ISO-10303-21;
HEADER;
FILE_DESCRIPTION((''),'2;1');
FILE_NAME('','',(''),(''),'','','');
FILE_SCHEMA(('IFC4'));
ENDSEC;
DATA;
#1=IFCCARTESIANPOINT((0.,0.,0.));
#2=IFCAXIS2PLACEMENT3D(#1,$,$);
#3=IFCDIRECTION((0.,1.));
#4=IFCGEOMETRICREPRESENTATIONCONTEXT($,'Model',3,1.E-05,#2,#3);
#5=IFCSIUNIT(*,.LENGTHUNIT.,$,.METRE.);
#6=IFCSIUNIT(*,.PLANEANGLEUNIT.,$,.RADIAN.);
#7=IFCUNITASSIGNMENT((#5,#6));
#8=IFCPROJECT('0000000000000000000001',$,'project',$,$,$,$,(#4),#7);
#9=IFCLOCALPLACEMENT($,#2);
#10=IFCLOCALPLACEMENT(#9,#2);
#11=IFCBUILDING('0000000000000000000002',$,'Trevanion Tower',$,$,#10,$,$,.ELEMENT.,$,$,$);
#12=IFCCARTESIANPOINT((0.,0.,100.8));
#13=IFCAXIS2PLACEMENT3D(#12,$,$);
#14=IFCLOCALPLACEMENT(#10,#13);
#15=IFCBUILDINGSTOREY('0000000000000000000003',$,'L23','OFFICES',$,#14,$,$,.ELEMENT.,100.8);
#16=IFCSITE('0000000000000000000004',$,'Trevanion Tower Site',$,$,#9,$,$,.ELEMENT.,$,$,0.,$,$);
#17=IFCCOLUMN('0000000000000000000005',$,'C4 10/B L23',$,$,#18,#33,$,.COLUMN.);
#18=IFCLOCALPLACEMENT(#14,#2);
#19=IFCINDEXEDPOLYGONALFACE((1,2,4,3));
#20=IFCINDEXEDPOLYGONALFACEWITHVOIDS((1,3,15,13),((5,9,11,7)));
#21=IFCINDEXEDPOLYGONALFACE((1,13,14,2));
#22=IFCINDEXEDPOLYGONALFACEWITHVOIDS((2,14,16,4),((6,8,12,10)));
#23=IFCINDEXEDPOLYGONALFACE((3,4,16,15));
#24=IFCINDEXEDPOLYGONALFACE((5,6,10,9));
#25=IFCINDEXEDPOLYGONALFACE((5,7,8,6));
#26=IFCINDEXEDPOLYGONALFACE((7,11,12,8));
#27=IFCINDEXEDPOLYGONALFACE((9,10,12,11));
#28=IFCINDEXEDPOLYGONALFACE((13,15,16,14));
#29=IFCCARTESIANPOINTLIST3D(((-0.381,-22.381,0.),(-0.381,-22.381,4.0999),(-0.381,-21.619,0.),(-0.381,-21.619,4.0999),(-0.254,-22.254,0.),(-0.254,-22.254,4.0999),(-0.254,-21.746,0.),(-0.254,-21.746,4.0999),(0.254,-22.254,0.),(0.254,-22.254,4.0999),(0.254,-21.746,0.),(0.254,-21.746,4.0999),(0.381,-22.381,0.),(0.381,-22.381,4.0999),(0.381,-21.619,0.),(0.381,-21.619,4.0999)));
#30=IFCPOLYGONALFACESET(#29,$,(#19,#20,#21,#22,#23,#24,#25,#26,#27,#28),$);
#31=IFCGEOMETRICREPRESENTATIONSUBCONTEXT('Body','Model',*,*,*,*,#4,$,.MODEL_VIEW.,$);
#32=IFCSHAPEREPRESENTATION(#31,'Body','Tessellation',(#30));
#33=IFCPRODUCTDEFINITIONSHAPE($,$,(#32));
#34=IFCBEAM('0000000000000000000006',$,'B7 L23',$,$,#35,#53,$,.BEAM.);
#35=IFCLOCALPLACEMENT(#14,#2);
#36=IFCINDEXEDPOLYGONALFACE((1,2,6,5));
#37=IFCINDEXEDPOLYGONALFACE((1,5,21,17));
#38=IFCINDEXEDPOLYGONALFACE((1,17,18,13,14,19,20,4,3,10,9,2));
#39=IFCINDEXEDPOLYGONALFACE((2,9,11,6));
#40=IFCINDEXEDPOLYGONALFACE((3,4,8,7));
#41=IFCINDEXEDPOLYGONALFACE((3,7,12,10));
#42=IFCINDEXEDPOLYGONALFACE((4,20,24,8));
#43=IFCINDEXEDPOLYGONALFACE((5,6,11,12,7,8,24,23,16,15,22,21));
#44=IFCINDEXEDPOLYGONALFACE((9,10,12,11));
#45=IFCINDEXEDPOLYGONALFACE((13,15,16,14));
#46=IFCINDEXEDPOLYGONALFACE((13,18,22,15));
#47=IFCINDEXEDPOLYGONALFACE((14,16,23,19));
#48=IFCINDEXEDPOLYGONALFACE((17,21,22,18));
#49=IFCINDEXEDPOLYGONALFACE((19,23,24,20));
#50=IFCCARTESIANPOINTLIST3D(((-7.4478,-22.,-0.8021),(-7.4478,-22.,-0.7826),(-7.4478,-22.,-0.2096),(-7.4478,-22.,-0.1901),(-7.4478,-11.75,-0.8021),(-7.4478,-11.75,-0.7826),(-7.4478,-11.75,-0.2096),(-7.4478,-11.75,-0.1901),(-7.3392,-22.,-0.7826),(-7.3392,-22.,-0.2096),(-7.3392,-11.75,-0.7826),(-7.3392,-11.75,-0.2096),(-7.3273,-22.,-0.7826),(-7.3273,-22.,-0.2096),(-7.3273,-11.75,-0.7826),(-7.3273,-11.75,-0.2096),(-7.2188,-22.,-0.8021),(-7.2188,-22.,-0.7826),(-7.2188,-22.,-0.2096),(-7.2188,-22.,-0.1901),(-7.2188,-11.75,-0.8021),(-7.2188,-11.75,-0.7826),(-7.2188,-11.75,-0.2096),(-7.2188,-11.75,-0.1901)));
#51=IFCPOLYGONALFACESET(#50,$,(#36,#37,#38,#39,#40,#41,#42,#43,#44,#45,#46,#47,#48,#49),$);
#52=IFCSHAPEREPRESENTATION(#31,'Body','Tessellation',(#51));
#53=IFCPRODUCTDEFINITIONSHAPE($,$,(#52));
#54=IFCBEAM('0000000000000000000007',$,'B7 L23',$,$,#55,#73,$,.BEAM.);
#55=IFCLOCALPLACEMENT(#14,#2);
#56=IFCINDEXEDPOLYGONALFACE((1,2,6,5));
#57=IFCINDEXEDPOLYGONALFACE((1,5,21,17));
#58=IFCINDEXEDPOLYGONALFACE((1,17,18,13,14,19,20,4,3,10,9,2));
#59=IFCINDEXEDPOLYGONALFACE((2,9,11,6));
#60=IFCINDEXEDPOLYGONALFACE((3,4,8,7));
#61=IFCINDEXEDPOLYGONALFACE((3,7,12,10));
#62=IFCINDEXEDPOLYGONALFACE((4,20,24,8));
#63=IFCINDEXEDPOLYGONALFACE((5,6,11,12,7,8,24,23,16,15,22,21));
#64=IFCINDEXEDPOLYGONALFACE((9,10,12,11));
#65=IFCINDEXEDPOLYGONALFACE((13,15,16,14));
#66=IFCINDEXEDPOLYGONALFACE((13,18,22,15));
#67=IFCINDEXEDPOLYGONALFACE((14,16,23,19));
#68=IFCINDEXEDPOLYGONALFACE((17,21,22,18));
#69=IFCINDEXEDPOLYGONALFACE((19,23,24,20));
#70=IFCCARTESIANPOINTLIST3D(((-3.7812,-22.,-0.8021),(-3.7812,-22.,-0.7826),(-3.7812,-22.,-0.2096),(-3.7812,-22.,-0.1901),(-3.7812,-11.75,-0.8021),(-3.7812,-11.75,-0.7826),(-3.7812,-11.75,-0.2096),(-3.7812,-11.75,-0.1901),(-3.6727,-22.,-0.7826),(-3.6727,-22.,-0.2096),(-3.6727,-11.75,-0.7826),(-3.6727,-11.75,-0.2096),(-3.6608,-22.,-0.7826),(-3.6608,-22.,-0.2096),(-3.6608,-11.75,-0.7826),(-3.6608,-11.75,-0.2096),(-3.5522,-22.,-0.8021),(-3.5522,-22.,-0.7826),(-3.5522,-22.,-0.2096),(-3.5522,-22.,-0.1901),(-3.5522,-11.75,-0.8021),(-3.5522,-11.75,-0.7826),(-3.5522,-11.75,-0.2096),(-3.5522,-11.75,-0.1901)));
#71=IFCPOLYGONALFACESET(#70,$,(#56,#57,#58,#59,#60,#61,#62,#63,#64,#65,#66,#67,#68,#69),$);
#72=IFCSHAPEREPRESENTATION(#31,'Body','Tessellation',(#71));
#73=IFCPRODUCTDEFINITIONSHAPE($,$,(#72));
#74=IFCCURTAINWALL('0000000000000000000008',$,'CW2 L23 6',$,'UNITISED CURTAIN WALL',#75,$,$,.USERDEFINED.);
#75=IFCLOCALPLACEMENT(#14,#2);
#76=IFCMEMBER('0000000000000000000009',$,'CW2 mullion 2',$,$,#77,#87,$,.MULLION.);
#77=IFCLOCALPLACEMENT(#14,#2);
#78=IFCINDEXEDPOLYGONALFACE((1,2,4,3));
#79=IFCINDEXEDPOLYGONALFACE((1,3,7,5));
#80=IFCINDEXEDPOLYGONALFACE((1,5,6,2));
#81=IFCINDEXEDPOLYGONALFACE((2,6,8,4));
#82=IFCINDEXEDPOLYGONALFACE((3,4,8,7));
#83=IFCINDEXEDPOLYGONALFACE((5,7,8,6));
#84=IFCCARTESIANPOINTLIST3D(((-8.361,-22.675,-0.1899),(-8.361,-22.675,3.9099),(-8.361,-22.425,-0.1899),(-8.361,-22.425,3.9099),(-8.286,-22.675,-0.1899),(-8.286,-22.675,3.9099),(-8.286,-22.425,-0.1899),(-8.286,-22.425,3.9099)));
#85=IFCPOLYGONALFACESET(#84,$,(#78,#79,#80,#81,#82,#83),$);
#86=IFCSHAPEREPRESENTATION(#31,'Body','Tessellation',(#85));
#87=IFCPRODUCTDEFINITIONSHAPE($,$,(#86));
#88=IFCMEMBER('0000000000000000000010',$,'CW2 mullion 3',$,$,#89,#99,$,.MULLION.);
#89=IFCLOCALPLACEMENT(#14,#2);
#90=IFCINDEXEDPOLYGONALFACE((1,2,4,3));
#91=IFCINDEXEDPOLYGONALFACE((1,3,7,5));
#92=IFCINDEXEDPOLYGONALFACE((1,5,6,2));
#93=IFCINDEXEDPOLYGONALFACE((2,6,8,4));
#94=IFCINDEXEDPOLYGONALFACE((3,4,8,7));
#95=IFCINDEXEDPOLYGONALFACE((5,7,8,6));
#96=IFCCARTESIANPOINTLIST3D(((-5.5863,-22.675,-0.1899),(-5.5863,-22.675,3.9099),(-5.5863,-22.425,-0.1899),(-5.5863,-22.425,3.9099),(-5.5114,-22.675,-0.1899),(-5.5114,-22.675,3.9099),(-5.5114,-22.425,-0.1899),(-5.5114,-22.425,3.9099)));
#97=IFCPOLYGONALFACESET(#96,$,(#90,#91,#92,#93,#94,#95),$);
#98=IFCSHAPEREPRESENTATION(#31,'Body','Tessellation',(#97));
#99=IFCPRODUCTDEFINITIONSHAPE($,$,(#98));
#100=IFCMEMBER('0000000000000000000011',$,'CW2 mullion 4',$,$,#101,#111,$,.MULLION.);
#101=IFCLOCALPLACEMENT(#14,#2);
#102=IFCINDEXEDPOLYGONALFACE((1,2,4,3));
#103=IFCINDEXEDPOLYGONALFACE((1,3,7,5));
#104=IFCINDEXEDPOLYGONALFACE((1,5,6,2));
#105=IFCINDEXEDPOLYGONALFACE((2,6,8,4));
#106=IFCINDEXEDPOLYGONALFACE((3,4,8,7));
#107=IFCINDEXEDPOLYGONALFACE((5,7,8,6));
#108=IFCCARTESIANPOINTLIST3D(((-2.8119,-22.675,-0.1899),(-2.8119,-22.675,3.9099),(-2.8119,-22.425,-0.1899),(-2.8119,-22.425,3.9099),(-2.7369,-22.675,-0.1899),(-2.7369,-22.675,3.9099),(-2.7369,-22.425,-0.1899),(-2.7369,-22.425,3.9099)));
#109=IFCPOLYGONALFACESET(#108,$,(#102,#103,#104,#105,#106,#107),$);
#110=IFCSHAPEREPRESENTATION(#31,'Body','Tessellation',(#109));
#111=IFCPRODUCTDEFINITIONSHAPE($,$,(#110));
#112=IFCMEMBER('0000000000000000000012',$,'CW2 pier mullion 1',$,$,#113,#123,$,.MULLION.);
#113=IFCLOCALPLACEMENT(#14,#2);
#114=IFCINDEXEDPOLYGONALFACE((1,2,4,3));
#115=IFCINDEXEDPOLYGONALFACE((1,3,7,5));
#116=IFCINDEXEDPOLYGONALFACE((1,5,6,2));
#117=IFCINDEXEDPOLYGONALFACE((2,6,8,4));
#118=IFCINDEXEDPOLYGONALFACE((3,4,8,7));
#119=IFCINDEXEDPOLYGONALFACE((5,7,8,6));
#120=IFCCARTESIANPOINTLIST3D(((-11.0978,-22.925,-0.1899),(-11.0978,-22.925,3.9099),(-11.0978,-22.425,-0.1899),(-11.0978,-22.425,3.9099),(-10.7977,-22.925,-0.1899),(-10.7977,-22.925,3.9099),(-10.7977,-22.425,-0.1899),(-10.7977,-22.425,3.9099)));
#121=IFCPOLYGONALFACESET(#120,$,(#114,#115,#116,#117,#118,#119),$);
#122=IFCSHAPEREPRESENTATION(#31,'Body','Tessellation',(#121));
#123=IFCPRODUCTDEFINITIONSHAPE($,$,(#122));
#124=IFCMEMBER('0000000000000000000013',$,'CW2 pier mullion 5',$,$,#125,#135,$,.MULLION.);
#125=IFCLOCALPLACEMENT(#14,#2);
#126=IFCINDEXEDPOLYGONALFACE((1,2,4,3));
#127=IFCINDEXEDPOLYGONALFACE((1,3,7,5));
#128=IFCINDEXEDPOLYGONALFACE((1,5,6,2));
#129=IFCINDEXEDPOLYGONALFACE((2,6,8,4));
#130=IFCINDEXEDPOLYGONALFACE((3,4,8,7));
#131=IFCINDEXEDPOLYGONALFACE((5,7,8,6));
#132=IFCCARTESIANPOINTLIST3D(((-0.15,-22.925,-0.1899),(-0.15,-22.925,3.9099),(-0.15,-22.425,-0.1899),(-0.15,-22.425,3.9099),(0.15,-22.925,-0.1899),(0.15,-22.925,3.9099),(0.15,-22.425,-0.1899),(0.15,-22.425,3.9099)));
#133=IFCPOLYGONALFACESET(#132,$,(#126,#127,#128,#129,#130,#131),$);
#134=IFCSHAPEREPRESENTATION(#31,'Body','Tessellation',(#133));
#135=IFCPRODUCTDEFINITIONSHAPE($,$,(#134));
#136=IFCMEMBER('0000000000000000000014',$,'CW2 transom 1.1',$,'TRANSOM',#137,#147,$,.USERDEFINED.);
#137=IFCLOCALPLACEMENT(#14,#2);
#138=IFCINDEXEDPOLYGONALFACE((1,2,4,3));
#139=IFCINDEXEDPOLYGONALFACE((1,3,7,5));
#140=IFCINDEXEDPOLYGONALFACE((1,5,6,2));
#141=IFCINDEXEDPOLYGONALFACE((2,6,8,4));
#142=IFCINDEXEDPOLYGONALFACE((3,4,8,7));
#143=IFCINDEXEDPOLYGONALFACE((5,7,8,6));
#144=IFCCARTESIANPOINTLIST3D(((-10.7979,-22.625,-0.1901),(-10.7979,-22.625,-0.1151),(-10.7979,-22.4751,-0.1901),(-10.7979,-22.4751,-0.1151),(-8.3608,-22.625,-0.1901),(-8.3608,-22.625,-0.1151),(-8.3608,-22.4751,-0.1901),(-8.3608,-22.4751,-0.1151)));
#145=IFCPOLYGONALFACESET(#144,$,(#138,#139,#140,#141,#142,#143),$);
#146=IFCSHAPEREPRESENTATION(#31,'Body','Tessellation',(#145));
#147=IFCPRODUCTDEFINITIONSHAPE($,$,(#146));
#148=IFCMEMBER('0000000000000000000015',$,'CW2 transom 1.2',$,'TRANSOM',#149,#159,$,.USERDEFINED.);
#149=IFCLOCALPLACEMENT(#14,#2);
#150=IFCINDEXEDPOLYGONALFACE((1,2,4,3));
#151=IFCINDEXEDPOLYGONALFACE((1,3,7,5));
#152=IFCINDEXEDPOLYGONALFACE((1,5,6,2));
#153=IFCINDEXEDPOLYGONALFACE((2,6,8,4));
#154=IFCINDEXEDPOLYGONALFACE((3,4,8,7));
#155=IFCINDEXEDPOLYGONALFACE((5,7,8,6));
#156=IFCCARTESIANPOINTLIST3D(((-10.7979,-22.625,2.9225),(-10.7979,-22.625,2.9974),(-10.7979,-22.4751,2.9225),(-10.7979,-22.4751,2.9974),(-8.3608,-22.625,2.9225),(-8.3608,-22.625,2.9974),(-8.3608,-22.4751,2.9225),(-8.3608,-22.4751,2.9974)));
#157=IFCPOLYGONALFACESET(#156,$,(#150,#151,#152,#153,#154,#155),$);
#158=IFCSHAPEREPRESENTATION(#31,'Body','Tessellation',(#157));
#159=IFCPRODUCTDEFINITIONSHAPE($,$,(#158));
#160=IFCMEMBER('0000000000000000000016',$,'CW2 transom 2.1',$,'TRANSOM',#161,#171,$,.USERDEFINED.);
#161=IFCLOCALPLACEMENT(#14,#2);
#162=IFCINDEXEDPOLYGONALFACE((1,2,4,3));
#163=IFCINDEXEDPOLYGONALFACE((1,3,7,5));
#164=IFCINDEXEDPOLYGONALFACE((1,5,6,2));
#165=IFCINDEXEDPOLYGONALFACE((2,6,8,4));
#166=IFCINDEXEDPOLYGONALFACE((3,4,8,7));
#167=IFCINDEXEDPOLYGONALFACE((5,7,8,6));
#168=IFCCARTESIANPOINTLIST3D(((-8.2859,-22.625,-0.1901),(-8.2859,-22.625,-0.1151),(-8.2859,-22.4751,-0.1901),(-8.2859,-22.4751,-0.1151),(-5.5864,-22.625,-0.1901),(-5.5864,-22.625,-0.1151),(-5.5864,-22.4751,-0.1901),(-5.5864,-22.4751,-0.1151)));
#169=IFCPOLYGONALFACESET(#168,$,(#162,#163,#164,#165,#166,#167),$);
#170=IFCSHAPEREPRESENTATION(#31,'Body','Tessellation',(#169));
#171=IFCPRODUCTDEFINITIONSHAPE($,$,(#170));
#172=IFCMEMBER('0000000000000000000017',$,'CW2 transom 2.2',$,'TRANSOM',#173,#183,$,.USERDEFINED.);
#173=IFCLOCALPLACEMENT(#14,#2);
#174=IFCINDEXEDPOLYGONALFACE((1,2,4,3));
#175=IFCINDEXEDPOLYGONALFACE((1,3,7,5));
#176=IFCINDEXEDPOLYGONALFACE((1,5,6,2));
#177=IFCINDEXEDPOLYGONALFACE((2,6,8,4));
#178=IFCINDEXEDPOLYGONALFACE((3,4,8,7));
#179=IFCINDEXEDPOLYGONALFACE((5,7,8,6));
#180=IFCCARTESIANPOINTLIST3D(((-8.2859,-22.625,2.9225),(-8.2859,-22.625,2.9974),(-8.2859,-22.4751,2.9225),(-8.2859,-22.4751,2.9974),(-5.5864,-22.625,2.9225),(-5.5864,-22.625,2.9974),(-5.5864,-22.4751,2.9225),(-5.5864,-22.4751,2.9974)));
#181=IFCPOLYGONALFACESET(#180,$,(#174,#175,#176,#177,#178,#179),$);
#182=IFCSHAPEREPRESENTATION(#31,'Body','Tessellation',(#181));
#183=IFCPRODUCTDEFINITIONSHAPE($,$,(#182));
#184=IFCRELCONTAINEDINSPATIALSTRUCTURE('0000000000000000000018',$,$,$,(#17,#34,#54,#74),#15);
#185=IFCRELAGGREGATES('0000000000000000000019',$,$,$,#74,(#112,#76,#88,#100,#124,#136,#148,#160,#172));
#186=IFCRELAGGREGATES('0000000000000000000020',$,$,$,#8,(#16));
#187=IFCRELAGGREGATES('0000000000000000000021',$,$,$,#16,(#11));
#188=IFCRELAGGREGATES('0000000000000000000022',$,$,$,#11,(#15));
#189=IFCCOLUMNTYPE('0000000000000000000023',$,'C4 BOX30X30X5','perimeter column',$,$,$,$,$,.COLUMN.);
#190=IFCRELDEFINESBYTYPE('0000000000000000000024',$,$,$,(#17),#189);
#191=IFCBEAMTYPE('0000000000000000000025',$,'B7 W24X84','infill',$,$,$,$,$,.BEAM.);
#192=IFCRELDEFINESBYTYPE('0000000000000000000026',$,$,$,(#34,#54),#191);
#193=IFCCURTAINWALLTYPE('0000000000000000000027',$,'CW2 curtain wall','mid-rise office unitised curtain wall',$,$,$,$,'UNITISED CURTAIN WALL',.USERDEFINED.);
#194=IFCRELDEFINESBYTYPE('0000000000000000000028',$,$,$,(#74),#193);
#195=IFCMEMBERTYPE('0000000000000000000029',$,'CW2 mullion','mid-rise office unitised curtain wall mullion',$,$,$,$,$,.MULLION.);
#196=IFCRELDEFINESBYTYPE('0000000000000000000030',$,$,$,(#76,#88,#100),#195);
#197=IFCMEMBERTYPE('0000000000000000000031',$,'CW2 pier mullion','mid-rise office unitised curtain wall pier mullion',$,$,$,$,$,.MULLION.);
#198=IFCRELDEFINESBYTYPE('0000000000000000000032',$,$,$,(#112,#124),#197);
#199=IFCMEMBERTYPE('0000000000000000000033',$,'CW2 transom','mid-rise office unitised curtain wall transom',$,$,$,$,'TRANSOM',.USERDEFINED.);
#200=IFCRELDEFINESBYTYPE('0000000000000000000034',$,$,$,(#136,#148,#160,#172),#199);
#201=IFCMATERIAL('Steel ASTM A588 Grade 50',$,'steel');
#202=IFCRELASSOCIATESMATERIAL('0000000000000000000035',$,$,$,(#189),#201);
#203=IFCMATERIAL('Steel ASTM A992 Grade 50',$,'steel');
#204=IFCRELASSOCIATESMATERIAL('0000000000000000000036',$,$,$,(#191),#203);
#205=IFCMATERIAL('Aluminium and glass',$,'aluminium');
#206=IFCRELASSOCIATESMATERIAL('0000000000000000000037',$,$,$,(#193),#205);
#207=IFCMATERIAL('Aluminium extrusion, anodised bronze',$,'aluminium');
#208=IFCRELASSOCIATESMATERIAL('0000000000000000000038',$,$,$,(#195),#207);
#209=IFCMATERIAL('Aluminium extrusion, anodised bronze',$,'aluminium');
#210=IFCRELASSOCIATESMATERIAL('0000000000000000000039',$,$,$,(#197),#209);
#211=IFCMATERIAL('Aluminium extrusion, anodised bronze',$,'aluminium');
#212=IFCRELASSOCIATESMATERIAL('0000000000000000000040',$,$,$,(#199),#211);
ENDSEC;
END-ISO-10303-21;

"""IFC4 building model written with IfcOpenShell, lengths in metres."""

from ifc_helpers import new_model, si_unit, direction, frame, origin, origin_2d, place, context, subcontext, project, spatial, rectangle, hollow_rectangle, i_section, extrude, material, material_profile, profile_set, type_object, element, aggregate, save


model = new_model("IFC4")

# Units and contexts
model_context = context("Model", 3, precision=1e-05, world=origin(), true_north=direction((0.0, 1.0)))
body_context = subcontext(model_context, "Body", "Model", "MODEL_VIEW")
ifc_project = project(units=[si_unit("LENGTHUNIT", "METRE"), si_unit("PLANEANGLEUNIT", "RADIAN")], contexts=[model_context])

# Site, building, storey
site_placement = place(None, origin())
site = spatial("IfcSite", under=ifc_project, at=site_placement, Name="Trevanion Tower Site", CompositionType="ELEMENT", RefElevation=0.0)
building_placement = place(site_placement, origin())
building = spatial("IfcBuilding", under=site, at=building_placement, Name="Trevanion Tower", CompositionType="ELEMENT")
storey_placement = place(building_placement, frame((0.0, 0.0, 100.8)))
storey = spatial("IfcBuildingStorey", under=building, at=storey_placement, Name="L23", Description="OFFICES", CompositionType="ELEMENT", Elevation=100.8)

# Column
ifc_material_1 = material(Name="Steel ASTM A588 Grade 50", Category="steel")
ifc_material_profile_1 = material_profile(ifc_material_1, hollow_rectangle(XDim=0.762, YDim=0.762, WallThickness=0.127, at=origin_2d()), Name="BOX30X30X5")
ifc_profile_set_1 = profile_set([ifc_material_profile_1], Name="Steel ASTM A588 Grade 50")
column_type = type_object("IfcColumnType", Name="C4 BOX30X30X5", Description="perimeter column", PredefinedType="COLUMN", material=ifc_profile_set_1)
column_placement = place(storey_placement, frame((0.0, -22.0, 0.0), z_axis=(0.0, 0.0, 1.0), x_axis=(1.0, 0.0, 0.0)))
element("IfcColumn", 1, at=column_placement, inside=storey, type_object=column_type, Name="C4 10/B L23", PredefinedType="COLUMN", context=body_context, shape_type="SweptSolid", body=[
    extrude(hollow_rectangle(XDim=0.762, YDim=0.762, WallThickness=0.127, at=origin_2d()), origin(), (0.0, 0.0, 1.0), 4.0999),
])

# Beams
ifc_material_2 = material(Name="Steel ASTM A992 Grade 50", Category="steel")
ifc_material_profile_2 = material_profile(ifc_material_2, i_section(OverallWidth=0.229, OverallDepth=0.6121, WebThickness=0.012, FlangeThickness=0.0195, at=origin_2d()), Name="W24X84")
ifc_profile_set_2 = profile_set([ifc_material_profile_2], Name="Steel ASTM A992 Grade 50")
beam_type_1 = type_object("IfcBeamType", Name="B7 W24X84", Description="infill", PredefinedType="BEAM", material=ifc_profile_set_2)
for number, where, z_axis, x_axis, name in (
    (2, (-7.3333, -11.75, -0.4961), (0.0, -1.0, 0.0), (1.0, 0.0, 0.0), "B7 L23"),
    (3, (-3.6667, -11.75, -0.4961), (0.0, -1.0, 0.0), (1.0, 0.0, 0.0), "B7 L23"),
):
    element("IfcBeam", number, at=place(storey_placement, frame(where, z_axis=z_axis, x_axis=x_axis)), inside=storey, type_object=beam_type_1, Name=name, PredefinedType="BEAM", context=body_context, shape_type="SweptSolid", body=[
        extrude(i_section(OverallWidth=0.229, OverallDepth=0.6121, WebThickness=0.012, FlangeThickness=0.0195, at=origin_2d()), origin(), (0.0, 0.0, 1.0), 10.25),
    ])

# Curtain wall, members
ifc_material_3 = material(Name="Aluminium and glass", Category="aluminium")
curtain_wall_type = type_object("IfcCurtainWallType", Name="CW2 curtain wall", Description="mid-rise office unitised curtain wall", ElementType="UNITISED CURTAIN WALL", PredefinedType="USERDEFINED", material=ifc_material_3)
curtain_wall_placement = place(storey_placement, origin())
curtain_wall = element("IfcCurtainWall", 4, at=curtain_wall_placement, inside=storey, type_object=curtain_wall_type, Name="CW2 L23 6", ObjectType="UNITISED CURTAIN WALL", PredefinedType="USERDEFINED")
ifc_material_4 = material(Name="Aluminium extrusion, anodised bronze", Category="aluminium")
ifc_material_profile_3 = material_profile(ifc_material_4, rectangle(XDim=0.075, YDim=0.25, at=origin_2d()), Name="CW2 mullion")
ifc_profile_set_3 = profile_set([ifc_material_profile_3], Name="Aluminium extrusion, anodised bronze")
member_type_1 = type_object("IfcMemberType", Name="CW2 mullion", Description="mid-rise office unitised curtain wall mullion", PredefinedType="MULLION", material=ifc_profile_set_3)
member_1_placement = place(storey_placement, frame((-8.3235, -22.55, -0.1899), z_axis=(0.0, 0.0, 1.0), x_axis=(1.0, 0.0, 0.0)))
member_1 = element("IfcMember", 5, at=member_1_placement, type_object=member_type_1, Name="CW2 mullion 2", PredefinedType="MULLION", context=body_context, shape_type="SweptSolid", body=[
    extrude(rectangle(XDim=0.075, YDim=0.25, at=origin_2d()), origin(), (0.0, 0.0, 1.0), 4.0999),
])
member_2_placement = place(storey_placement, frame((-5.5488, -22.55, -0.1899), z_axis=(0.0, 0.0, 1.0), x_axis=(1.0, 0.0, 0.0)))
member_2 = element("IfcMember", 6, at=member_2_placement, type_object=member_type_1, Name="CW2 mullion 3", PredefinedType="MULLION", context=body_context, shape_type="SweptSolid", body=[
    extrude(rectangle(XDim=0.075, YDim=0.25, at=origin_2d()), origin(), (0.0, 0.0, 1.0), 4.0999),
])
member_3_placement = place(storey_placement, frame((-2.7744, -22.55, -0.1899), z_axis=(0.0, 0.0, 1.0), x_axis=(1.0, 0.0, 0.0)))
member_3 = element("IfcMember", 7, at=member_3_placement, type_object=member_type_1, Name="CW2 mullion 4", PredefinedType="MULLION", context=body_context, shape_type="SweptSolid", body=[
    extrude(rectangle(XDim=0.075, YDim=0.25, at=origin_2d()), origin(), (0.0, 0.0, 1.0), 4.0999),
])
ifc_material_5 = material(Name="Aluminium extrusion, anodised bronze", Category="aluminium")
ifc_material_profile_4 = material_profile(ifc_material_5, rectangle(XDim=0.3, YDim=0.5, at=origin_2d()), Name="CW2 pier mullion")
ifc_profile_set_4 = profile_set([ifc_material_profile_4], Name="Aluminium extrusion, anodised bronze")
member_type_2 = type_object("IfcMemberType", Name="CW2 pier mullion", Description="mid-rise office unitised curtain wall pier mullion", PredefinedType="MULLION", material=ifc_profile_set_4)
member_4_placement = place(storey_placement, frame((-10.9478, -22.675, -0.1899), z_axis=(0.0, 0.0, 1.0), x_axis=(1.0, 0.0, 0.0)))
member_4 = element("IfcMember", 8, at=member_4_placement, type_object=member_type_2, Name="CW2 pier mullion 1", PredefinedType="MULLION", context=body_context, shape_type="SweptSolid", body=[
    extrude(rectangle(XDim=0.3, YDim=0.5, at=origin_2d()), origin(), (0.0, 0.0, 1.0), 4.0999),
])
member_5_placement = place(storey_placement, frame((0.0, -22.675, -0.1899), z_axis=(0.0, 0.0, 1.0), x_axis=(1.0, 0.0, 0.0)))
member_5 = element("IfcMember", 9, at=member_5_placement, type_object=member_type_2, Name="CW2 pier mullion 5", PredefinedType="MULLION", context=body_context, shape_type="SweptSolid", body=[
    extrude(rectangle(XDim=0.3, YDim=0.5, at=origin_2d()), origin(), (0.0, 0.0, 1.0), 4.0999),
])
ifc_material_6 = material(Name="Aluminium extrusion, anodised bronze", Category="aluminium")
ifc_material_profile_5 = material_profile(ifc_material_6, rectangle(XDim=0.1499, YDim=0.075, at=origin_2d()), Name="CW2 transom")
ifc_profile_set_5 = profile_set([ifc_material_profile_5], Name="Aluminium extrusion, anodised bronze")
member_type_3 = type_object("IfcMemberType", Name="CW2 transom", Description="mid-rise office unitised curtain wall transom", ElementType="TRANSOM", PredefinedType="USERDEFINED", material=ifc_profile_set_5)
member_6_placement = place(storey_placement, frame((-10.7979, -22.55, -0.1526), z_axis=(1.0, 0.0, 0.0), x_axis=(0.0, 1.0, 0.0)))
member_6 = element("IfcMember", 10, at=member_6_placement, type_object=member_type_3, Name="CW2 transom 1.1", ObjectType="TRANSOM", PredefinedType="USERDEFINED", context=body_context, shape_type="SweptSolid", body=[
    extrude(rectangle(XDim=0.1499, YDim=0.075, at=origin_2d()), origin(), (0.0, 0.0, 1.0), 2.437),
])
member_7_placement = place(storey_placement, frame((-10.7979, -22.55, 2.96), z_axis=(1.0, 0.0, 0.0), x_axis=(0.0, 1.0, 0.0)))
member_7 = element("IfcMember", 11, at=member_7_placement, type_object=member_type_3, Name="CW2 transom 1.2", ObjectType="TRANSOM", PredefinedType="USERDEFINED", context=body_context, shape_type="SweptSolid", body=[
    extrude(rectangle(XDim=0.1499, YDim=0.075, at=origin_2d()), origin(), (0.0, 0.0, 1.0), 2.437),
])
member_8_placement = place(storey_placement, frame((-8.2859, -22.55, -0.1526), z_axis=(1.0, 0.0, 0.0), x_axis=(0.0, 1.0, 0.0)))
member_8 = element("IfcMember", 12, at=member_8_placement, type_object=member_type_3, Name="CW2 transom 2.1", ObjectType="TRANSOM", PredefinedType="USERDEFINED", context=body_context, shape_type="SweptSolid", body=[
    extrude(rectangle(XDim=0.1499, YDim=0.075, at=origin_2d()), origin(), (0.0, 0.0, 1.0), 2.6995),
])
member_9_placement = place(storey_placement, frame((-8.2859, -22.55, 2.96), z_axis=(1.0, 0.0, 0.0), x_axis=(0.0, 1.0, 0.0)))
member_9 = element("IfcMember", 13, at=member_9_placement, type_object=member_type_3, Name="CW2 transom 2.2", ObjectType="TRANSOM", PredefinedType="USERDEFINED", context=body_context, shape_type="SweptSolid", body=[
    extrude(rectangle(XDim=0.1499, YDim=0.075, at=origin_2d()), origin(), (0.0, 0.0, 1.0), 2.6995),
])

aggregate(curtain_wall, [member_4, member_1, member_2, member_3, member_5, member_6, member_7, member_8, member_9])

save(model, "model.ifc")
